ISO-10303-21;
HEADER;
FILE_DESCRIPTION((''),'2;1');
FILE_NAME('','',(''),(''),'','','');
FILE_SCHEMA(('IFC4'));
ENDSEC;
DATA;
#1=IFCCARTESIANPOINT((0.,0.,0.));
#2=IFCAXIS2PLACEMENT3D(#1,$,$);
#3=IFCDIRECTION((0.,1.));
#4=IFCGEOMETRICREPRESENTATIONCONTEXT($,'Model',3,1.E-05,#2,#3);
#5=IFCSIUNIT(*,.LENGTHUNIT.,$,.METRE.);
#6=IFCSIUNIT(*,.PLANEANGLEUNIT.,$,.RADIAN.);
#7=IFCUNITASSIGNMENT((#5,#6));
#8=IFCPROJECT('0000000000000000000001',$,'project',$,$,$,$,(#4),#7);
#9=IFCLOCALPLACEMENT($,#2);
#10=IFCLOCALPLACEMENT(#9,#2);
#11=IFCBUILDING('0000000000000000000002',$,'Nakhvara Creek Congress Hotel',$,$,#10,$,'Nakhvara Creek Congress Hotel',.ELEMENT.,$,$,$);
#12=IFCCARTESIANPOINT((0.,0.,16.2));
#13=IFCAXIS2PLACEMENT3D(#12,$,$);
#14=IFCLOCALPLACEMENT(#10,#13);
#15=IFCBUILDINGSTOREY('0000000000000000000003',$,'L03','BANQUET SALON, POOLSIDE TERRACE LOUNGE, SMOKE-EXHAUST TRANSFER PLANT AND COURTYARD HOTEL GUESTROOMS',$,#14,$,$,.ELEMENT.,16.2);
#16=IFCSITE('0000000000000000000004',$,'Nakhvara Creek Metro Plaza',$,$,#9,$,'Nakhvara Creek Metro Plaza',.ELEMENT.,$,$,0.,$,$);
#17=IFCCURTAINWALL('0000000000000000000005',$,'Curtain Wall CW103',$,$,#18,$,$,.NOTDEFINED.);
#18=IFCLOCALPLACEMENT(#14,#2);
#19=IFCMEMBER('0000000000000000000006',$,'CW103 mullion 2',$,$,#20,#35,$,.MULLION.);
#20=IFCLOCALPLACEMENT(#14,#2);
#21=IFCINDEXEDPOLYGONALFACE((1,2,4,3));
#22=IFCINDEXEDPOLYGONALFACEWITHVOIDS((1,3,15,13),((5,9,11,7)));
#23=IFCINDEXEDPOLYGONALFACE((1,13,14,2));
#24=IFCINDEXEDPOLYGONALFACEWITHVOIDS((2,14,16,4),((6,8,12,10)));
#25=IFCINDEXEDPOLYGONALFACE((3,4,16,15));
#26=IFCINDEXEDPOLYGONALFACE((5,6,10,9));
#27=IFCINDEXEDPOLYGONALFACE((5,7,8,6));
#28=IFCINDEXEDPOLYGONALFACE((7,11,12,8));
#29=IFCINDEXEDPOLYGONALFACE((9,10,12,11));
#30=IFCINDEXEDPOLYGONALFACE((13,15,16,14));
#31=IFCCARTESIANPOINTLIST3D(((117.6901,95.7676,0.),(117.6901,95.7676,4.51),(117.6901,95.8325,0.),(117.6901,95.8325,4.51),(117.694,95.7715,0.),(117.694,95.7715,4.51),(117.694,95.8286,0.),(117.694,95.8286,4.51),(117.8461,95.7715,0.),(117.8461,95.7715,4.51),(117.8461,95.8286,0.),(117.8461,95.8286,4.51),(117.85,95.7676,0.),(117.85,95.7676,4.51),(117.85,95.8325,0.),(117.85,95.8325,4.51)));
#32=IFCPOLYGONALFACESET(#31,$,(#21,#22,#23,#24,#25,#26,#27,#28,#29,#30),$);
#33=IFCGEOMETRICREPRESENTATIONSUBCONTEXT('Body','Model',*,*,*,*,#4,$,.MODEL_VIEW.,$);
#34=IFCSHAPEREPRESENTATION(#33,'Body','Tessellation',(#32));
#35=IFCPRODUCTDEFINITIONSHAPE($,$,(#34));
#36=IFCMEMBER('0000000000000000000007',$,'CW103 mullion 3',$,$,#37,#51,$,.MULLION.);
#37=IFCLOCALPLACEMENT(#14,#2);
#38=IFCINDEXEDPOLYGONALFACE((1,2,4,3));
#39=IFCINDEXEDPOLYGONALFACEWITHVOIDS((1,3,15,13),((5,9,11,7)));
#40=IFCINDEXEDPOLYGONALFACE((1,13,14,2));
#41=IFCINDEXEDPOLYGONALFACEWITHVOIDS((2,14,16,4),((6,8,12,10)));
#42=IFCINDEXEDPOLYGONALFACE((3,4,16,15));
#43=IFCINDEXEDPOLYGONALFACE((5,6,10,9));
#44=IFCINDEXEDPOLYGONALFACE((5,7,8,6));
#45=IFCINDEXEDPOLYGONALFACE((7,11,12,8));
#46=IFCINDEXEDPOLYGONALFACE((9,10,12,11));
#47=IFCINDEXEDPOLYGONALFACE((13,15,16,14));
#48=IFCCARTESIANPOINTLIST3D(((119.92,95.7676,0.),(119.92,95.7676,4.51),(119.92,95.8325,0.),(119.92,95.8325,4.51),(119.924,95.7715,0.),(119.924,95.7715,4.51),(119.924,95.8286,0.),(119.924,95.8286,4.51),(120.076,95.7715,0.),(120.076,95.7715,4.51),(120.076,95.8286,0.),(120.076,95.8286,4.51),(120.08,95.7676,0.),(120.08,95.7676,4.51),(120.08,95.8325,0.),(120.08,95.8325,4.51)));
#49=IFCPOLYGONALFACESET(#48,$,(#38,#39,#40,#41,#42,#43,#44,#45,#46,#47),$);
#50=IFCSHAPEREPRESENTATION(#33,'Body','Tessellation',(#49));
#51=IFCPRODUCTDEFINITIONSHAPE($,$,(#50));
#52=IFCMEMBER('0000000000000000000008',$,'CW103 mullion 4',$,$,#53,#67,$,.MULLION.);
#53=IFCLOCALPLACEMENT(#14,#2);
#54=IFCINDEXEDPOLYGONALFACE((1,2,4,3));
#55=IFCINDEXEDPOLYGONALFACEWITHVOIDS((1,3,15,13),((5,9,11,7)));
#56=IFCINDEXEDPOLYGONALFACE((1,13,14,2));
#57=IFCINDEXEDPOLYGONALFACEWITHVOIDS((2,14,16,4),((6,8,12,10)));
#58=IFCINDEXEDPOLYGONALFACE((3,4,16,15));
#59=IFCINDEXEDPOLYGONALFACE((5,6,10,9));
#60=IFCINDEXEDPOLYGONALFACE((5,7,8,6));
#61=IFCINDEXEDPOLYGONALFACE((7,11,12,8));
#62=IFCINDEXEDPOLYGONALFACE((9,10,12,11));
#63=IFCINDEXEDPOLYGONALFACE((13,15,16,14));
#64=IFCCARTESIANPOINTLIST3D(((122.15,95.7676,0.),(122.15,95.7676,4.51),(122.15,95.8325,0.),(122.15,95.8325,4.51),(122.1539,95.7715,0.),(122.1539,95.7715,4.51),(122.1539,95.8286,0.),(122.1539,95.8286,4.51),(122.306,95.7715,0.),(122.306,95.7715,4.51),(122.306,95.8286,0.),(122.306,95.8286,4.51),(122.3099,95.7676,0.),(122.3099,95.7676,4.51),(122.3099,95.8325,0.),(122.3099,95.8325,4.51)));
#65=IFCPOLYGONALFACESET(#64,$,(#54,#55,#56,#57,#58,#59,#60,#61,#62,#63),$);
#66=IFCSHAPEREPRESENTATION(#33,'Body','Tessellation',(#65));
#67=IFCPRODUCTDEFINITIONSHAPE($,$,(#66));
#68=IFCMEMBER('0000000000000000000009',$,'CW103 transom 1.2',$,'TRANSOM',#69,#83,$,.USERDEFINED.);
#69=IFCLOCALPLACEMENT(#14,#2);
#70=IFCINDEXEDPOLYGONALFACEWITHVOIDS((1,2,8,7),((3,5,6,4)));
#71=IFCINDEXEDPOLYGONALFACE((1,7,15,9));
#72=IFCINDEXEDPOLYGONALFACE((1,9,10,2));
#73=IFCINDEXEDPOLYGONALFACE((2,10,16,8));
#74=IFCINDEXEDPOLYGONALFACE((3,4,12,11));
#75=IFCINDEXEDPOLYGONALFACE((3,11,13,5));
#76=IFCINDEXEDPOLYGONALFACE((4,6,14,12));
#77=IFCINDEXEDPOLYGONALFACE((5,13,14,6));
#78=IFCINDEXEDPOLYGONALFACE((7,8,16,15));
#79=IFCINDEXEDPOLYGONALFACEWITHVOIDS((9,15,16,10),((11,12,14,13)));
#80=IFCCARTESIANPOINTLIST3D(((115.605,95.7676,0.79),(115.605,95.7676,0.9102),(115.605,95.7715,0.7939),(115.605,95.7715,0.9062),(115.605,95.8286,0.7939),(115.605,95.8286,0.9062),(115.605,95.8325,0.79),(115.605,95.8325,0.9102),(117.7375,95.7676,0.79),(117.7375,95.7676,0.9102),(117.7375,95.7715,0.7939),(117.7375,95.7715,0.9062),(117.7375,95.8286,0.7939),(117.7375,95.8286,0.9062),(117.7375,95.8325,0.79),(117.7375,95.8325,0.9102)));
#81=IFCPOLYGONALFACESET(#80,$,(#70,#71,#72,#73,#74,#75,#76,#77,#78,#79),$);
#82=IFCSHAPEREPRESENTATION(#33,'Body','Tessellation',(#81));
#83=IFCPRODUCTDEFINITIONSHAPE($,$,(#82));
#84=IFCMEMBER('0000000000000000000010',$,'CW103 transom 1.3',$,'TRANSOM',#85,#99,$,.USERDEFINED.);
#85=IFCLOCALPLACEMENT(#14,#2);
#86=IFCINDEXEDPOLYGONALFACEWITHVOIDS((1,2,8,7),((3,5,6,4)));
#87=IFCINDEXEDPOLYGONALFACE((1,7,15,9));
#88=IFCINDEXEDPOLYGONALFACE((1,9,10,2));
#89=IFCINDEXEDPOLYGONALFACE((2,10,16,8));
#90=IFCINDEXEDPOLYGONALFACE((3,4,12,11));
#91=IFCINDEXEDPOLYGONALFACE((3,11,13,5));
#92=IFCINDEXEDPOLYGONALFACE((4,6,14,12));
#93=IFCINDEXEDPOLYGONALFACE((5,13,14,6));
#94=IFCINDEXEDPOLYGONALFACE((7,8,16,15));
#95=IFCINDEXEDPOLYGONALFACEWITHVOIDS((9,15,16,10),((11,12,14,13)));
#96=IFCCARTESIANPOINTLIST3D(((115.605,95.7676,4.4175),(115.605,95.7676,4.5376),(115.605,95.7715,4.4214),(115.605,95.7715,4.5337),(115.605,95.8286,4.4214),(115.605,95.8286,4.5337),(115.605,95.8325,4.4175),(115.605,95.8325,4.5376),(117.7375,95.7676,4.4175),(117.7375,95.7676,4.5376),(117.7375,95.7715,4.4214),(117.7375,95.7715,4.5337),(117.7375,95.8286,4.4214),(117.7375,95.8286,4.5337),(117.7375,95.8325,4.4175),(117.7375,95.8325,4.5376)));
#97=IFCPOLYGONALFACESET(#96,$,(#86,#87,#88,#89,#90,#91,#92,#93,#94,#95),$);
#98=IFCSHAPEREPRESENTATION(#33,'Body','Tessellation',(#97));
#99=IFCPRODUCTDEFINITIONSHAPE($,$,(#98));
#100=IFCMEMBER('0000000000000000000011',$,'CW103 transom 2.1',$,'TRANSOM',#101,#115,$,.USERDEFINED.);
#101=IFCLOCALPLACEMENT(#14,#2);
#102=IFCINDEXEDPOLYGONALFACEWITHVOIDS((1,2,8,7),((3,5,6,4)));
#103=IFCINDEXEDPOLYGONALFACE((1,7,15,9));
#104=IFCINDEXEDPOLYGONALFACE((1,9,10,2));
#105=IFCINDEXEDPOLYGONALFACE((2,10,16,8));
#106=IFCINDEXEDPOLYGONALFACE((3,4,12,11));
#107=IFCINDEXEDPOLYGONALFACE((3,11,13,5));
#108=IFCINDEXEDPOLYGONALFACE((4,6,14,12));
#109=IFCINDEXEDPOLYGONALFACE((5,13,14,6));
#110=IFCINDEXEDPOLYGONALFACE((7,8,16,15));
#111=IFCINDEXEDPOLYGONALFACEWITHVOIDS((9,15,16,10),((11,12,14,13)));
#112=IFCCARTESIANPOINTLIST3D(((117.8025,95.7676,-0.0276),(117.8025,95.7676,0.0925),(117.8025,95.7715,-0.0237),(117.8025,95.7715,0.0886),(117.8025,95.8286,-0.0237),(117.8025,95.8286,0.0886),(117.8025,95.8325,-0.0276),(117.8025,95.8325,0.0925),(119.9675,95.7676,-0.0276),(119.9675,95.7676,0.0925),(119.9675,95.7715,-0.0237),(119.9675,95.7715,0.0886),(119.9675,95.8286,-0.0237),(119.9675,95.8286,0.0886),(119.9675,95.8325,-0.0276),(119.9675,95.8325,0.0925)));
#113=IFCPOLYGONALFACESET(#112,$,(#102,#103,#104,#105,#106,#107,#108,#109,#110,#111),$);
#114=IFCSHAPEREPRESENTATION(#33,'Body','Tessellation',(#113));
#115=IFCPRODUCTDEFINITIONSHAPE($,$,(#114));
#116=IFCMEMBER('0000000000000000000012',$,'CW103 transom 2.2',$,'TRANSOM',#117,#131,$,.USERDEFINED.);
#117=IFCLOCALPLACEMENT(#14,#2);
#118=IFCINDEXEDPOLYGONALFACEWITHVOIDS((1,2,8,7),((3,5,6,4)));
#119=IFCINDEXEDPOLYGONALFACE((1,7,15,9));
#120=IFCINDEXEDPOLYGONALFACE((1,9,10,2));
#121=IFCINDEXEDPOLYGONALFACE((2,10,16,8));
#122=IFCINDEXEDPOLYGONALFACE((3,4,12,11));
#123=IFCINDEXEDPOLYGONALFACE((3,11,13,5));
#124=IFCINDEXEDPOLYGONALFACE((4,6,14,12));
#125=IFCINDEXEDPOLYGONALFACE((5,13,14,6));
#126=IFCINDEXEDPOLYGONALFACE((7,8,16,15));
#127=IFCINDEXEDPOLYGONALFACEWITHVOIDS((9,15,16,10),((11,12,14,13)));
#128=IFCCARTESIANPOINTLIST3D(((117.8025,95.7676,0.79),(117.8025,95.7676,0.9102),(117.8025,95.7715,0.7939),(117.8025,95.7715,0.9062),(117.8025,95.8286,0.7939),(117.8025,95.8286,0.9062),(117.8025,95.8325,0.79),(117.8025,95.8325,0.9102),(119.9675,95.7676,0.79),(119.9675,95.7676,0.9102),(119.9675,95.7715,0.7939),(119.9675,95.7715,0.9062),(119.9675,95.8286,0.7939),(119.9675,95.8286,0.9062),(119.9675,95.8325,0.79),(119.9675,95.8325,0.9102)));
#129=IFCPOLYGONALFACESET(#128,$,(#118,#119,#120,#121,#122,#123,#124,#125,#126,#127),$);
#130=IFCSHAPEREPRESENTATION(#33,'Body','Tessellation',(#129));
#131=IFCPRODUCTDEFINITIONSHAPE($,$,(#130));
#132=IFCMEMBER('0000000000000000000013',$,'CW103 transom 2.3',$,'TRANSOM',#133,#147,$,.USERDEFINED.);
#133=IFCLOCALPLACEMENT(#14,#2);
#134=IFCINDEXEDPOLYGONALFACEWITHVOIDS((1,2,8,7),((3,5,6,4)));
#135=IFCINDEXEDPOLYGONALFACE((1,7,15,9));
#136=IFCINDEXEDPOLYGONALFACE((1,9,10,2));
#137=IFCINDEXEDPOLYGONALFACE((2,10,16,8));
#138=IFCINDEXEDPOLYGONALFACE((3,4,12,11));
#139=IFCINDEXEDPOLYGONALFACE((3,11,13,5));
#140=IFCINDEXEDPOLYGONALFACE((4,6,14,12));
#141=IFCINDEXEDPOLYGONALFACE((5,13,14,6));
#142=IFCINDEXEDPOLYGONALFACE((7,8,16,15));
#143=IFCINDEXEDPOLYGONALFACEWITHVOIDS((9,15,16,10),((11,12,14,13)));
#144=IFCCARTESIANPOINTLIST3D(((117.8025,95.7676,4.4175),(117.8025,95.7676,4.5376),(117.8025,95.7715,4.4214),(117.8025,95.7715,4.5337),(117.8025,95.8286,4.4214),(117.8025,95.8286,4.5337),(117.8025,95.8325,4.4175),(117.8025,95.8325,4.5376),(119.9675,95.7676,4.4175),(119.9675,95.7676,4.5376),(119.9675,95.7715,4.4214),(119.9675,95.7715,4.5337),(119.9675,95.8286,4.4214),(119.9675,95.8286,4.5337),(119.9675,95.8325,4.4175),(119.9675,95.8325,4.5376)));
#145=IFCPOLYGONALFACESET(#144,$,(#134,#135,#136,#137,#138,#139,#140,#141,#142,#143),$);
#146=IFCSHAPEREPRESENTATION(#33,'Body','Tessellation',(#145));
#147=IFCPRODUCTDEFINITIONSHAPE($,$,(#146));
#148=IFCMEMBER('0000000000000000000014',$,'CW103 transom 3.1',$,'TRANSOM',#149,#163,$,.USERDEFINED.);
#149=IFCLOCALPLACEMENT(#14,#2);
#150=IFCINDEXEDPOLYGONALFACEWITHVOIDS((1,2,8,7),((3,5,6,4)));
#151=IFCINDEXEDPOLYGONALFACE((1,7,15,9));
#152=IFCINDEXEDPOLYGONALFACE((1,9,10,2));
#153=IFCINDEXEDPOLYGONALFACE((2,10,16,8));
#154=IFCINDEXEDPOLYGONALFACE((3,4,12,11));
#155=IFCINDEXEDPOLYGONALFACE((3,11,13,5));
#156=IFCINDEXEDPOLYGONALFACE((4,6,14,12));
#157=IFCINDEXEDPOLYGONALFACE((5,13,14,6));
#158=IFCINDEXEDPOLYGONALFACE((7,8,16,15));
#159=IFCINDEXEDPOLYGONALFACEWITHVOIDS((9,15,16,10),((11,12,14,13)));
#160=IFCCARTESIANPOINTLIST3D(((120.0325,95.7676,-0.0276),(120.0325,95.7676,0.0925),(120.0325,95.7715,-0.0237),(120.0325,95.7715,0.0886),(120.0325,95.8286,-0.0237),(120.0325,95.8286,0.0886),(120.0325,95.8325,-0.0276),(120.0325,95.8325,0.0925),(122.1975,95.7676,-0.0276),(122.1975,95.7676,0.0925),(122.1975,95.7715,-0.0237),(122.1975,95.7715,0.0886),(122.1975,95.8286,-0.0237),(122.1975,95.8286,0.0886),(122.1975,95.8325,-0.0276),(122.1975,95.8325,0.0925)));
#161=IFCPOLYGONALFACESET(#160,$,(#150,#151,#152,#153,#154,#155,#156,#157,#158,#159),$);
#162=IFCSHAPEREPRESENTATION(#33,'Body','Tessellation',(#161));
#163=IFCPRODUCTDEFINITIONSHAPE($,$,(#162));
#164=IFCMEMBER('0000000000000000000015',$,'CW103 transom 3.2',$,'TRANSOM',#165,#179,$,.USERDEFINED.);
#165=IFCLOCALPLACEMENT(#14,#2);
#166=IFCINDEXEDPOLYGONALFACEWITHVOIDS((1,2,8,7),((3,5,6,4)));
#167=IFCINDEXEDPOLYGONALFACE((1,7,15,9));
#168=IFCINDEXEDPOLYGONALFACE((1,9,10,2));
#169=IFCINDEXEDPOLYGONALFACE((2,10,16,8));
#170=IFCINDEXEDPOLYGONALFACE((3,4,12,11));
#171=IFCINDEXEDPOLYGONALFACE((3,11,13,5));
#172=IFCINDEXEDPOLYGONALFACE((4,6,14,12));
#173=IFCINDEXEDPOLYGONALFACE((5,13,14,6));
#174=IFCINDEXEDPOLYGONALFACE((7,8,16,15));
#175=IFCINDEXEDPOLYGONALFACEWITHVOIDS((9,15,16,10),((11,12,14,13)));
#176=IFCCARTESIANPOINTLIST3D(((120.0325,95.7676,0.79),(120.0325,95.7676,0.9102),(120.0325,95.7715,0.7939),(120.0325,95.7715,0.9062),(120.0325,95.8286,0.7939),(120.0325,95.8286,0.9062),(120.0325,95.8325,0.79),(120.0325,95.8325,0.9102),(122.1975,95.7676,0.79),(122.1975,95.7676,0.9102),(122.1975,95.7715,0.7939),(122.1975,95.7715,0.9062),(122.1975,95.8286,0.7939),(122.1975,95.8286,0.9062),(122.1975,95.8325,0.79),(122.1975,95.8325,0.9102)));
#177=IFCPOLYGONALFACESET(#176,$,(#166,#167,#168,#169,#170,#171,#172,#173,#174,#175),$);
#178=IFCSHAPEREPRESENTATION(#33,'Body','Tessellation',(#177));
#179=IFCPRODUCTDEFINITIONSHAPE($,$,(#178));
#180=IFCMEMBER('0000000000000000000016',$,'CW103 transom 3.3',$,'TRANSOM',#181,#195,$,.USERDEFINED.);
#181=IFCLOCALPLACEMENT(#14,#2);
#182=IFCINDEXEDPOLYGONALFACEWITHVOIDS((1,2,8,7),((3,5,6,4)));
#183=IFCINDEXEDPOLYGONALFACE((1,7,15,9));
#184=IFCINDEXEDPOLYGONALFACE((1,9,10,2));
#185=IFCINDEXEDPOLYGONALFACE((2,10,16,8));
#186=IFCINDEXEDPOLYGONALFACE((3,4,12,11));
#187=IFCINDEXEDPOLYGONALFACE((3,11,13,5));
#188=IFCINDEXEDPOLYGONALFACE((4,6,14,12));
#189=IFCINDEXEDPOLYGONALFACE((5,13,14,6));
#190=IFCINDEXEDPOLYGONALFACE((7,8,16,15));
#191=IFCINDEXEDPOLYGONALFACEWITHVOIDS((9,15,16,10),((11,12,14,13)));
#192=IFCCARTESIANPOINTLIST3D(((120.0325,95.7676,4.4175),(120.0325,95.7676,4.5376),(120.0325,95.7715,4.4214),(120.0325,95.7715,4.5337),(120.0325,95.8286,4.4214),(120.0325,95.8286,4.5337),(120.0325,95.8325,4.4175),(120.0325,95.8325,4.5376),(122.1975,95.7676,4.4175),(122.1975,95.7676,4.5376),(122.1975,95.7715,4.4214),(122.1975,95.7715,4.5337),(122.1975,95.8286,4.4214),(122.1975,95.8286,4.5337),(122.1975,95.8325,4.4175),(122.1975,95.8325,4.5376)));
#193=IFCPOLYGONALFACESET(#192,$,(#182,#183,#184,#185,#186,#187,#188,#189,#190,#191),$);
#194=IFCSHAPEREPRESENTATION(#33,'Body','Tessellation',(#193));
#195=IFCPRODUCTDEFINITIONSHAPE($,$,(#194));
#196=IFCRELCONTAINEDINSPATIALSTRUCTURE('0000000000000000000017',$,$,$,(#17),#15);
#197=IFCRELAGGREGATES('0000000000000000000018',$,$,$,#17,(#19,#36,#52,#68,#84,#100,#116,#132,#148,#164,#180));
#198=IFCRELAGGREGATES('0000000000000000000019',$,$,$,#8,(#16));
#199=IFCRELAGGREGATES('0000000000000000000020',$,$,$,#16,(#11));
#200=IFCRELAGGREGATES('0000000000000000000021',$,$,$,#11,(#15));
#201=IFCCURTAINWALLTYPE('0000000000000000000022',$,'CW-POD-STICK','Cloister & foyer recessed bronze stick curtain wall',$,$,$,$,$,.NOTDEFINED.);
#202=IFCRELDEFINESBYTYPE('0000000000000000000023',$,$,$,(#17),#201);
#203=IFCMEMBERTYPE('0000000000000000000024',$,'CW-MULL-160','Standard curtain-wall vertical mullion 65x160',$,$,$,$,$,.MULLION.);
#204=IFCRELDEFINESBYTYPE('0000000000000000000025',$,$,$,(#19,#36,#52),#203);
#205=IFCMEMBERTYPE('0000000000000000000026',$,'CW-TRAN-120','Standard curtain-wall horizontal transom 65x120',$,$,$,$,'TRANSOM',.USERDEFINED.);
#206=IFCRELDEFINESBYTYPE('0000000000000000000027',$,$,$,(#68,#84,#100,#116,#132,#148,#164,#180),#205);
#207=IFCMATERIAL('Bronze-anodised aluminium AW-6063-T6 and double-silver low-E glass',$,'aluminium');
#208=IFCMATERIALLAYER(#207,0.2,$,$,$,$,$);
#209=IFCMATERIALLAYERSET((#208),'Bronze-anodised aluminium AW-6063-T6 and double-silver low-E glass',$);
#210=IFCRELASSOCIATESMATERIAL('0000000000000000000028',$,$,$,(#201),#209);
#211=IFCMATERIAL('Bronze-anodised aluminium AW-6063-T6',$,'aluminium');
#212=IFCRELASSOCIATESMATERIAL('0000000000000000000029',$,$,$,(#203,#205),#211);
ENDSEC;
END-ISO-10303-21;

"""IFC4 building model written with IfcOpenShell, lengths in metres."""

from ifc_helpers import new_model, si_unit, direction, frame, origin, origin_2d, place, context, subcontext, project, spatial, hollow_rectangle, extrude, material, layer, layer_set, material_profile, profile_set, type_object, element, aggregate, save


model = new_model("IFC4")

# Units and contexts
model_context = context("Model", 3, precision=1e-05, world=origin(), true_north=direction((0.0, 1.0)))
body_context = subcontext(model_context, "Body", "Model", "MODEL_VIEW")
ifc_project = project(units=[si_unit("LENGTHUNIT", "METRE"), si_unit("PLANEANGLEUNIT", "RADIAN")], contexts=[model_context])

# Site, building, storey
site_placement = place(None, origin())
site = spatial("IfcSite", under=ifc_project, at=site_placement, Name="Nakhvara Creek Metro Plaza", LongName="Nakhvara Creek Metro Plaza", CompositionType="ELEMENT", RefElevation=0.0)
building_placement = place(site_placement, origin())
building = spatial("IfcBuilding", under=site, at=building_placement, Name="Nakhvara Creek Congress Hotel", LongName="Nakhvara Creek Congress Hotel", CompositionType="ELEMENT")
storey_placement = place(building_placement, frame((0.0, 0.0, 16.2)))
storey = spatial("IfcBuildingStorey", under=building, at=storey_placement, Name="L03", Description="BANQUET SALON, POOLSIDE TERRACE LOUNGE, SMOKE-EXHAUST TRANSFER PLANT AND COURTYARD HOTEL GUESTROOMS", CompositionType="ELEMENT", Elevation=16.2)

# Curtain wall, members
ifc_material_1 = material(Name="Bronze-anodised aluminium AW-6063-T6 and double-silver low-E glass", Category="aluminium")
ifc_layer = layer(ifc_material_1, 0.2)
ifc_layer_set = layer_set([ifc_layer], Name="Bronze-anodised aluminium AW-6063-T6 and double-silver low-E glass")
curtain_wall_type = type_object("IfcCurtainWallType", Name="CW-POD-STICK", Description="Cloister & foyer recessed bronze stick curtain wall", PredefinedType="NOTDEFINED", material=ifc_layer_set)
curtain_wall_placement = place(storey_placement, origin())
curtain_wall = element("IfcCurtainWall", 1, at=curtain_wall_placement, inside=storey, type_object=curtain_wall_type, Name="Curtain Wall CW103", PredefinedType="NOTDEFINED")
ifc_material_2 = material(Name="Bronze-anodised aluminium AW-6063-T6", Category="aluminium")
ifc_material_profile_1 = material_profile(ifc_material_2, hollow_rectangle(XDim=0.0649, YDim=0.1599, WallThickness=0.0039, at=origin_2d()), Name="ALU-MULL 65x160x4", Category="LoadBearing")
ifc_profile_set_1 = profile_set([ifc_material_profile_1], Name="Bronze-anodised aluminium AW-6063-T6")
member_type_1 = type_object("IfcMemberType", Name="CW-MULL-160", Description="Standard curtain-wall vertical mullion 65x160", PredefinedType="MULLION", material=ifc_profile_set_1)
member_1_placement = place(storey_placement, frame((117.77, 95.8, 0.0), z_axis=(0.0, 0.0, 1.0), x_axis=(0.0, 1.0, 0.0)))
member_1 = element("IfcMember", 2, at=member_1_placement, type_object=member_type_1, Name="CW103 mullion 2", PredefinedType="MULLION", context=body_context, shape_type="SweptSolid", body=[
    extrude(hollow_rectangle(XDim=0.0649, YDim=0.1599, WallThickness=0.0039, at=origin_2d()), origin(), (0.0, 0.0, 1.0), 4.51),
])
member_2_placement = place(storey_placement, frame((120.0, 95.8, 0.0), z_axis=(0.0, 0.0, 1.0), x_axis=(0.0, 1.0, 0.0)))
member_2 = element("IfcMember", 3, at=member_2_placement, type_object=member_type_1, Name="CW103 mullion 3", PredefinedType="MULLION", context=body_context, shape_type="SweptSolid", body=[
    extrude(hollow_rectangle(XDim=0.0649, YDim=0.1599, WallThickness=0.0039, at=origin_2d()), origin(), (0.0, 0.0, 1.0), 4.51),
])
member_3_placement = place(storey_placement, frame((122.23, 95.8, 0.0), z_axis=(0.0, 0.0, 1.0), x_axis=(0.0, 1.0, 0.0)))
member_3 = element("IfcMember", 4, at=member_3_placement, type_object=member_type_1, Name="CW103 mullion 4", PredefinedType="MULLION", context=body_context, shape_type="SweptSolid", body=[
    extrude(hollow_rectangle(XDim=0.0649, YDim=0.1599, WallThickness=0.0039, at=origin_2d()), origin(), (0.0, 0.0, 1.0), 4.51),
])
ifc_material_profile_2 = material_profile(ifc_material_2, hollow_rectangle(XDim=0.0649, YDim=0.1201, WallThickness=0.0039, at=origin_2d()), Name="ALU-TRAN 65x120x4", Category="LoadBearing")
ifc_profile_set_2 = profile_set([ifc_material_profile_2], Name="Bronze-anodised aluminium AW-6063-T6")
member_type_2 = type_object("IfcMemberType", Name="CW-TRAN-120", Description="Standard curtain-wall horizontal transom 65x120", ElementType="TRANSOM", PredefinedType="USERDEFINED", material=ifc_profile_set_2)
member_4_placement = place(storey_placement, frame((115.605, 95.8, 0.8501), z_axis=(1.0, 0.0, 0.0), x_axis=(0.0, 1.0, 0.0)))
member_4 = element("IfcMember", 5, at=member_4_placement, type_object=member_type_2, Name="CW103 transom 1.2", ObjectType="TRANSOM", PredefinedType="USERDEFINED", context=body_context, shape_type="SweptSolid", body=[
    extrude(hollow_rectangle(XDim=0.0649, YDim=0.1201, WallThickness=0.0039, at=origin_2d()), origin(), (0.0, 0.0, 1.0), 2.1326),
])
member_5_placement = place(storey_placement, frame((115.605, 95.8, 4.4775), z_axis=(1.0, 0.0, 0.0), x_axis=(0.0, 1.0, 0.0)))
member_5 = element("IfcMember", 6, at=member_5_placement, type_object=member_type_2, Name="CW103 transom 1.3", ObjectType="TRANSOM", PredefinedType="USERDEFINED", context=body_context, shape_type="SweptSolid", body=[
    extrude(hollow_rectangle(XDim=0.0649, YDim=0.1201, WallThickness=0.0039, at=origin_2d()), origin(), (0.0, 0.0, 1.0), 2.1326),
])
member_6_placement = place(storey_placement, frame((117.8025, 95.8, 0.0325), z_axis=(1.0, 0.0, 0.0), x_axis=(0.0, 1.0, 0.0)))
member_6 = element("IfcMember", 7, at=member_6_placement, type_object=member_type_2, Name="CW103 transom 2.1", ObjectType="TRANSOM", PredefinedType="USERDEFINED", context=body_context, shape_type="SweptSolid", body=[
    extrude(hollow_rectangle(XDim=0.0649, YDim=0.1201, WallThickness=0.0039, at=origin_2d()), origin(), (0.0, 0.0, 1.0), 2.165),
])
member_7_placement = place(storey_placement, frame((117.8025, 95.8, 0.8501), z_axis=(1.0, 0.0, 0.0), x_axis=(0.0, 1.0, 0.0)))
member_7 = element("IfcMember", 8, at=member_7_placement, type_object=member_type_2, Name="CW103 transom 2.2", ObjectType="TRANSOM", PredefinedType="USERDEFINED", context=body_context, shape_type="SweptSolid", body=[
    extrude(hollow_rectangle(XDim=0.0649, YDim=0.1201, WallThickness=0.0039, at=origin_2d()), origin(), (0.0, 0.0, 1.0), 2.165),
])
member_8_placement = place(storey_placement, frame((117.8025, 95.8, 4.4775), z_axis=(1.0, 0.0, 0.0), x_axis=(0.0, 1.0, 0.0)))
member_8 = element("IfcMember", 9, at=member_8_placement, type_object=member_type_2, Name="CW103 transom 2.3", ObjectType="TRANSOM", PredefinedType="USERDEFINED", context=body_context, shape_type="SweptSolid", body=[
    extrude(hollow_rectangle(XDim=0.0649, YDim=0.1201, WallThickness=0.0039, at=origin_2d()), origin(), (0.0, 0.0, 1.0), 2.165),
])
member_9_placement = place(storey_placement, frame((120.0325, 95.8, 0.0325), z_axis=(1.0, 0.0, 0.0), x_axis=(0.0, 1.0, 0.0)))
member_9 = element("IfcMember", 10, at=member_9_placement, type_object=member_type_2, Name="CW103 transom 3.1", ObjectType="TRANSOM", PredefinedType="USERDEFINED", context=body_context, shape_type="SweptSolid", body=[
    extrude(hollow_rectangle(XDim=0.0649, YDim=0.1201, WallThickness=0.0039, at=origin_2d()), origin(), (0.0, 0.0, 1.0), 2.165),
])
member_10_placement = place(storey_placement, frame((120.0325, 95.8, 0.8501), z_axis=(1.0, 0.0, 0.0), x_axis=(0.0, 1.0, 0.0)))
member_10 = element("IfcMember", 11, at=member_10_placement, type_object=member_type_2, Name="CW103 transom 3.2", ObjectType="TRANSOM", PredefinedType="USERDEFINED", context=body_context, shape_type="SweptSolid", body=[
    extrude(hollow_rectangle(XDim=0.0649, YDim=0.1201, WallThickness=0.0039, at=origin_2d()), origin(), (0.0, 0.0, 1.0), 2.165),
])
member_11_placement = place(storey_placement, frame((120.0325, 95.8, 4.4775), z_axis=(1.0, 0.0, 0.0), x_axis=(0.0, 1.0, 0.0)))
member_11 = element("IfcMember", 12, at=member_11_placement, type_object=member_type_2, Name="CW103 transom 3.3", ObjectType="TRANSOM", PredefinedType="USERDEFINED", context=body_context, shape_type="SweptSolid", body=[
    extrude(hollow_rectangle(XDim=0.0649, YDim=0.1201, WallThickness=0.0039, at=origin_2d()), origin(), (0.0, 0.0, 1.0), 2.165),
])
aggregate(curtain_wall, [member_1, member_2, member_3, member_4, member_5, member_6, member_7, member_8, member_9, member_10, member_11])

save(model, "model.ifc")
